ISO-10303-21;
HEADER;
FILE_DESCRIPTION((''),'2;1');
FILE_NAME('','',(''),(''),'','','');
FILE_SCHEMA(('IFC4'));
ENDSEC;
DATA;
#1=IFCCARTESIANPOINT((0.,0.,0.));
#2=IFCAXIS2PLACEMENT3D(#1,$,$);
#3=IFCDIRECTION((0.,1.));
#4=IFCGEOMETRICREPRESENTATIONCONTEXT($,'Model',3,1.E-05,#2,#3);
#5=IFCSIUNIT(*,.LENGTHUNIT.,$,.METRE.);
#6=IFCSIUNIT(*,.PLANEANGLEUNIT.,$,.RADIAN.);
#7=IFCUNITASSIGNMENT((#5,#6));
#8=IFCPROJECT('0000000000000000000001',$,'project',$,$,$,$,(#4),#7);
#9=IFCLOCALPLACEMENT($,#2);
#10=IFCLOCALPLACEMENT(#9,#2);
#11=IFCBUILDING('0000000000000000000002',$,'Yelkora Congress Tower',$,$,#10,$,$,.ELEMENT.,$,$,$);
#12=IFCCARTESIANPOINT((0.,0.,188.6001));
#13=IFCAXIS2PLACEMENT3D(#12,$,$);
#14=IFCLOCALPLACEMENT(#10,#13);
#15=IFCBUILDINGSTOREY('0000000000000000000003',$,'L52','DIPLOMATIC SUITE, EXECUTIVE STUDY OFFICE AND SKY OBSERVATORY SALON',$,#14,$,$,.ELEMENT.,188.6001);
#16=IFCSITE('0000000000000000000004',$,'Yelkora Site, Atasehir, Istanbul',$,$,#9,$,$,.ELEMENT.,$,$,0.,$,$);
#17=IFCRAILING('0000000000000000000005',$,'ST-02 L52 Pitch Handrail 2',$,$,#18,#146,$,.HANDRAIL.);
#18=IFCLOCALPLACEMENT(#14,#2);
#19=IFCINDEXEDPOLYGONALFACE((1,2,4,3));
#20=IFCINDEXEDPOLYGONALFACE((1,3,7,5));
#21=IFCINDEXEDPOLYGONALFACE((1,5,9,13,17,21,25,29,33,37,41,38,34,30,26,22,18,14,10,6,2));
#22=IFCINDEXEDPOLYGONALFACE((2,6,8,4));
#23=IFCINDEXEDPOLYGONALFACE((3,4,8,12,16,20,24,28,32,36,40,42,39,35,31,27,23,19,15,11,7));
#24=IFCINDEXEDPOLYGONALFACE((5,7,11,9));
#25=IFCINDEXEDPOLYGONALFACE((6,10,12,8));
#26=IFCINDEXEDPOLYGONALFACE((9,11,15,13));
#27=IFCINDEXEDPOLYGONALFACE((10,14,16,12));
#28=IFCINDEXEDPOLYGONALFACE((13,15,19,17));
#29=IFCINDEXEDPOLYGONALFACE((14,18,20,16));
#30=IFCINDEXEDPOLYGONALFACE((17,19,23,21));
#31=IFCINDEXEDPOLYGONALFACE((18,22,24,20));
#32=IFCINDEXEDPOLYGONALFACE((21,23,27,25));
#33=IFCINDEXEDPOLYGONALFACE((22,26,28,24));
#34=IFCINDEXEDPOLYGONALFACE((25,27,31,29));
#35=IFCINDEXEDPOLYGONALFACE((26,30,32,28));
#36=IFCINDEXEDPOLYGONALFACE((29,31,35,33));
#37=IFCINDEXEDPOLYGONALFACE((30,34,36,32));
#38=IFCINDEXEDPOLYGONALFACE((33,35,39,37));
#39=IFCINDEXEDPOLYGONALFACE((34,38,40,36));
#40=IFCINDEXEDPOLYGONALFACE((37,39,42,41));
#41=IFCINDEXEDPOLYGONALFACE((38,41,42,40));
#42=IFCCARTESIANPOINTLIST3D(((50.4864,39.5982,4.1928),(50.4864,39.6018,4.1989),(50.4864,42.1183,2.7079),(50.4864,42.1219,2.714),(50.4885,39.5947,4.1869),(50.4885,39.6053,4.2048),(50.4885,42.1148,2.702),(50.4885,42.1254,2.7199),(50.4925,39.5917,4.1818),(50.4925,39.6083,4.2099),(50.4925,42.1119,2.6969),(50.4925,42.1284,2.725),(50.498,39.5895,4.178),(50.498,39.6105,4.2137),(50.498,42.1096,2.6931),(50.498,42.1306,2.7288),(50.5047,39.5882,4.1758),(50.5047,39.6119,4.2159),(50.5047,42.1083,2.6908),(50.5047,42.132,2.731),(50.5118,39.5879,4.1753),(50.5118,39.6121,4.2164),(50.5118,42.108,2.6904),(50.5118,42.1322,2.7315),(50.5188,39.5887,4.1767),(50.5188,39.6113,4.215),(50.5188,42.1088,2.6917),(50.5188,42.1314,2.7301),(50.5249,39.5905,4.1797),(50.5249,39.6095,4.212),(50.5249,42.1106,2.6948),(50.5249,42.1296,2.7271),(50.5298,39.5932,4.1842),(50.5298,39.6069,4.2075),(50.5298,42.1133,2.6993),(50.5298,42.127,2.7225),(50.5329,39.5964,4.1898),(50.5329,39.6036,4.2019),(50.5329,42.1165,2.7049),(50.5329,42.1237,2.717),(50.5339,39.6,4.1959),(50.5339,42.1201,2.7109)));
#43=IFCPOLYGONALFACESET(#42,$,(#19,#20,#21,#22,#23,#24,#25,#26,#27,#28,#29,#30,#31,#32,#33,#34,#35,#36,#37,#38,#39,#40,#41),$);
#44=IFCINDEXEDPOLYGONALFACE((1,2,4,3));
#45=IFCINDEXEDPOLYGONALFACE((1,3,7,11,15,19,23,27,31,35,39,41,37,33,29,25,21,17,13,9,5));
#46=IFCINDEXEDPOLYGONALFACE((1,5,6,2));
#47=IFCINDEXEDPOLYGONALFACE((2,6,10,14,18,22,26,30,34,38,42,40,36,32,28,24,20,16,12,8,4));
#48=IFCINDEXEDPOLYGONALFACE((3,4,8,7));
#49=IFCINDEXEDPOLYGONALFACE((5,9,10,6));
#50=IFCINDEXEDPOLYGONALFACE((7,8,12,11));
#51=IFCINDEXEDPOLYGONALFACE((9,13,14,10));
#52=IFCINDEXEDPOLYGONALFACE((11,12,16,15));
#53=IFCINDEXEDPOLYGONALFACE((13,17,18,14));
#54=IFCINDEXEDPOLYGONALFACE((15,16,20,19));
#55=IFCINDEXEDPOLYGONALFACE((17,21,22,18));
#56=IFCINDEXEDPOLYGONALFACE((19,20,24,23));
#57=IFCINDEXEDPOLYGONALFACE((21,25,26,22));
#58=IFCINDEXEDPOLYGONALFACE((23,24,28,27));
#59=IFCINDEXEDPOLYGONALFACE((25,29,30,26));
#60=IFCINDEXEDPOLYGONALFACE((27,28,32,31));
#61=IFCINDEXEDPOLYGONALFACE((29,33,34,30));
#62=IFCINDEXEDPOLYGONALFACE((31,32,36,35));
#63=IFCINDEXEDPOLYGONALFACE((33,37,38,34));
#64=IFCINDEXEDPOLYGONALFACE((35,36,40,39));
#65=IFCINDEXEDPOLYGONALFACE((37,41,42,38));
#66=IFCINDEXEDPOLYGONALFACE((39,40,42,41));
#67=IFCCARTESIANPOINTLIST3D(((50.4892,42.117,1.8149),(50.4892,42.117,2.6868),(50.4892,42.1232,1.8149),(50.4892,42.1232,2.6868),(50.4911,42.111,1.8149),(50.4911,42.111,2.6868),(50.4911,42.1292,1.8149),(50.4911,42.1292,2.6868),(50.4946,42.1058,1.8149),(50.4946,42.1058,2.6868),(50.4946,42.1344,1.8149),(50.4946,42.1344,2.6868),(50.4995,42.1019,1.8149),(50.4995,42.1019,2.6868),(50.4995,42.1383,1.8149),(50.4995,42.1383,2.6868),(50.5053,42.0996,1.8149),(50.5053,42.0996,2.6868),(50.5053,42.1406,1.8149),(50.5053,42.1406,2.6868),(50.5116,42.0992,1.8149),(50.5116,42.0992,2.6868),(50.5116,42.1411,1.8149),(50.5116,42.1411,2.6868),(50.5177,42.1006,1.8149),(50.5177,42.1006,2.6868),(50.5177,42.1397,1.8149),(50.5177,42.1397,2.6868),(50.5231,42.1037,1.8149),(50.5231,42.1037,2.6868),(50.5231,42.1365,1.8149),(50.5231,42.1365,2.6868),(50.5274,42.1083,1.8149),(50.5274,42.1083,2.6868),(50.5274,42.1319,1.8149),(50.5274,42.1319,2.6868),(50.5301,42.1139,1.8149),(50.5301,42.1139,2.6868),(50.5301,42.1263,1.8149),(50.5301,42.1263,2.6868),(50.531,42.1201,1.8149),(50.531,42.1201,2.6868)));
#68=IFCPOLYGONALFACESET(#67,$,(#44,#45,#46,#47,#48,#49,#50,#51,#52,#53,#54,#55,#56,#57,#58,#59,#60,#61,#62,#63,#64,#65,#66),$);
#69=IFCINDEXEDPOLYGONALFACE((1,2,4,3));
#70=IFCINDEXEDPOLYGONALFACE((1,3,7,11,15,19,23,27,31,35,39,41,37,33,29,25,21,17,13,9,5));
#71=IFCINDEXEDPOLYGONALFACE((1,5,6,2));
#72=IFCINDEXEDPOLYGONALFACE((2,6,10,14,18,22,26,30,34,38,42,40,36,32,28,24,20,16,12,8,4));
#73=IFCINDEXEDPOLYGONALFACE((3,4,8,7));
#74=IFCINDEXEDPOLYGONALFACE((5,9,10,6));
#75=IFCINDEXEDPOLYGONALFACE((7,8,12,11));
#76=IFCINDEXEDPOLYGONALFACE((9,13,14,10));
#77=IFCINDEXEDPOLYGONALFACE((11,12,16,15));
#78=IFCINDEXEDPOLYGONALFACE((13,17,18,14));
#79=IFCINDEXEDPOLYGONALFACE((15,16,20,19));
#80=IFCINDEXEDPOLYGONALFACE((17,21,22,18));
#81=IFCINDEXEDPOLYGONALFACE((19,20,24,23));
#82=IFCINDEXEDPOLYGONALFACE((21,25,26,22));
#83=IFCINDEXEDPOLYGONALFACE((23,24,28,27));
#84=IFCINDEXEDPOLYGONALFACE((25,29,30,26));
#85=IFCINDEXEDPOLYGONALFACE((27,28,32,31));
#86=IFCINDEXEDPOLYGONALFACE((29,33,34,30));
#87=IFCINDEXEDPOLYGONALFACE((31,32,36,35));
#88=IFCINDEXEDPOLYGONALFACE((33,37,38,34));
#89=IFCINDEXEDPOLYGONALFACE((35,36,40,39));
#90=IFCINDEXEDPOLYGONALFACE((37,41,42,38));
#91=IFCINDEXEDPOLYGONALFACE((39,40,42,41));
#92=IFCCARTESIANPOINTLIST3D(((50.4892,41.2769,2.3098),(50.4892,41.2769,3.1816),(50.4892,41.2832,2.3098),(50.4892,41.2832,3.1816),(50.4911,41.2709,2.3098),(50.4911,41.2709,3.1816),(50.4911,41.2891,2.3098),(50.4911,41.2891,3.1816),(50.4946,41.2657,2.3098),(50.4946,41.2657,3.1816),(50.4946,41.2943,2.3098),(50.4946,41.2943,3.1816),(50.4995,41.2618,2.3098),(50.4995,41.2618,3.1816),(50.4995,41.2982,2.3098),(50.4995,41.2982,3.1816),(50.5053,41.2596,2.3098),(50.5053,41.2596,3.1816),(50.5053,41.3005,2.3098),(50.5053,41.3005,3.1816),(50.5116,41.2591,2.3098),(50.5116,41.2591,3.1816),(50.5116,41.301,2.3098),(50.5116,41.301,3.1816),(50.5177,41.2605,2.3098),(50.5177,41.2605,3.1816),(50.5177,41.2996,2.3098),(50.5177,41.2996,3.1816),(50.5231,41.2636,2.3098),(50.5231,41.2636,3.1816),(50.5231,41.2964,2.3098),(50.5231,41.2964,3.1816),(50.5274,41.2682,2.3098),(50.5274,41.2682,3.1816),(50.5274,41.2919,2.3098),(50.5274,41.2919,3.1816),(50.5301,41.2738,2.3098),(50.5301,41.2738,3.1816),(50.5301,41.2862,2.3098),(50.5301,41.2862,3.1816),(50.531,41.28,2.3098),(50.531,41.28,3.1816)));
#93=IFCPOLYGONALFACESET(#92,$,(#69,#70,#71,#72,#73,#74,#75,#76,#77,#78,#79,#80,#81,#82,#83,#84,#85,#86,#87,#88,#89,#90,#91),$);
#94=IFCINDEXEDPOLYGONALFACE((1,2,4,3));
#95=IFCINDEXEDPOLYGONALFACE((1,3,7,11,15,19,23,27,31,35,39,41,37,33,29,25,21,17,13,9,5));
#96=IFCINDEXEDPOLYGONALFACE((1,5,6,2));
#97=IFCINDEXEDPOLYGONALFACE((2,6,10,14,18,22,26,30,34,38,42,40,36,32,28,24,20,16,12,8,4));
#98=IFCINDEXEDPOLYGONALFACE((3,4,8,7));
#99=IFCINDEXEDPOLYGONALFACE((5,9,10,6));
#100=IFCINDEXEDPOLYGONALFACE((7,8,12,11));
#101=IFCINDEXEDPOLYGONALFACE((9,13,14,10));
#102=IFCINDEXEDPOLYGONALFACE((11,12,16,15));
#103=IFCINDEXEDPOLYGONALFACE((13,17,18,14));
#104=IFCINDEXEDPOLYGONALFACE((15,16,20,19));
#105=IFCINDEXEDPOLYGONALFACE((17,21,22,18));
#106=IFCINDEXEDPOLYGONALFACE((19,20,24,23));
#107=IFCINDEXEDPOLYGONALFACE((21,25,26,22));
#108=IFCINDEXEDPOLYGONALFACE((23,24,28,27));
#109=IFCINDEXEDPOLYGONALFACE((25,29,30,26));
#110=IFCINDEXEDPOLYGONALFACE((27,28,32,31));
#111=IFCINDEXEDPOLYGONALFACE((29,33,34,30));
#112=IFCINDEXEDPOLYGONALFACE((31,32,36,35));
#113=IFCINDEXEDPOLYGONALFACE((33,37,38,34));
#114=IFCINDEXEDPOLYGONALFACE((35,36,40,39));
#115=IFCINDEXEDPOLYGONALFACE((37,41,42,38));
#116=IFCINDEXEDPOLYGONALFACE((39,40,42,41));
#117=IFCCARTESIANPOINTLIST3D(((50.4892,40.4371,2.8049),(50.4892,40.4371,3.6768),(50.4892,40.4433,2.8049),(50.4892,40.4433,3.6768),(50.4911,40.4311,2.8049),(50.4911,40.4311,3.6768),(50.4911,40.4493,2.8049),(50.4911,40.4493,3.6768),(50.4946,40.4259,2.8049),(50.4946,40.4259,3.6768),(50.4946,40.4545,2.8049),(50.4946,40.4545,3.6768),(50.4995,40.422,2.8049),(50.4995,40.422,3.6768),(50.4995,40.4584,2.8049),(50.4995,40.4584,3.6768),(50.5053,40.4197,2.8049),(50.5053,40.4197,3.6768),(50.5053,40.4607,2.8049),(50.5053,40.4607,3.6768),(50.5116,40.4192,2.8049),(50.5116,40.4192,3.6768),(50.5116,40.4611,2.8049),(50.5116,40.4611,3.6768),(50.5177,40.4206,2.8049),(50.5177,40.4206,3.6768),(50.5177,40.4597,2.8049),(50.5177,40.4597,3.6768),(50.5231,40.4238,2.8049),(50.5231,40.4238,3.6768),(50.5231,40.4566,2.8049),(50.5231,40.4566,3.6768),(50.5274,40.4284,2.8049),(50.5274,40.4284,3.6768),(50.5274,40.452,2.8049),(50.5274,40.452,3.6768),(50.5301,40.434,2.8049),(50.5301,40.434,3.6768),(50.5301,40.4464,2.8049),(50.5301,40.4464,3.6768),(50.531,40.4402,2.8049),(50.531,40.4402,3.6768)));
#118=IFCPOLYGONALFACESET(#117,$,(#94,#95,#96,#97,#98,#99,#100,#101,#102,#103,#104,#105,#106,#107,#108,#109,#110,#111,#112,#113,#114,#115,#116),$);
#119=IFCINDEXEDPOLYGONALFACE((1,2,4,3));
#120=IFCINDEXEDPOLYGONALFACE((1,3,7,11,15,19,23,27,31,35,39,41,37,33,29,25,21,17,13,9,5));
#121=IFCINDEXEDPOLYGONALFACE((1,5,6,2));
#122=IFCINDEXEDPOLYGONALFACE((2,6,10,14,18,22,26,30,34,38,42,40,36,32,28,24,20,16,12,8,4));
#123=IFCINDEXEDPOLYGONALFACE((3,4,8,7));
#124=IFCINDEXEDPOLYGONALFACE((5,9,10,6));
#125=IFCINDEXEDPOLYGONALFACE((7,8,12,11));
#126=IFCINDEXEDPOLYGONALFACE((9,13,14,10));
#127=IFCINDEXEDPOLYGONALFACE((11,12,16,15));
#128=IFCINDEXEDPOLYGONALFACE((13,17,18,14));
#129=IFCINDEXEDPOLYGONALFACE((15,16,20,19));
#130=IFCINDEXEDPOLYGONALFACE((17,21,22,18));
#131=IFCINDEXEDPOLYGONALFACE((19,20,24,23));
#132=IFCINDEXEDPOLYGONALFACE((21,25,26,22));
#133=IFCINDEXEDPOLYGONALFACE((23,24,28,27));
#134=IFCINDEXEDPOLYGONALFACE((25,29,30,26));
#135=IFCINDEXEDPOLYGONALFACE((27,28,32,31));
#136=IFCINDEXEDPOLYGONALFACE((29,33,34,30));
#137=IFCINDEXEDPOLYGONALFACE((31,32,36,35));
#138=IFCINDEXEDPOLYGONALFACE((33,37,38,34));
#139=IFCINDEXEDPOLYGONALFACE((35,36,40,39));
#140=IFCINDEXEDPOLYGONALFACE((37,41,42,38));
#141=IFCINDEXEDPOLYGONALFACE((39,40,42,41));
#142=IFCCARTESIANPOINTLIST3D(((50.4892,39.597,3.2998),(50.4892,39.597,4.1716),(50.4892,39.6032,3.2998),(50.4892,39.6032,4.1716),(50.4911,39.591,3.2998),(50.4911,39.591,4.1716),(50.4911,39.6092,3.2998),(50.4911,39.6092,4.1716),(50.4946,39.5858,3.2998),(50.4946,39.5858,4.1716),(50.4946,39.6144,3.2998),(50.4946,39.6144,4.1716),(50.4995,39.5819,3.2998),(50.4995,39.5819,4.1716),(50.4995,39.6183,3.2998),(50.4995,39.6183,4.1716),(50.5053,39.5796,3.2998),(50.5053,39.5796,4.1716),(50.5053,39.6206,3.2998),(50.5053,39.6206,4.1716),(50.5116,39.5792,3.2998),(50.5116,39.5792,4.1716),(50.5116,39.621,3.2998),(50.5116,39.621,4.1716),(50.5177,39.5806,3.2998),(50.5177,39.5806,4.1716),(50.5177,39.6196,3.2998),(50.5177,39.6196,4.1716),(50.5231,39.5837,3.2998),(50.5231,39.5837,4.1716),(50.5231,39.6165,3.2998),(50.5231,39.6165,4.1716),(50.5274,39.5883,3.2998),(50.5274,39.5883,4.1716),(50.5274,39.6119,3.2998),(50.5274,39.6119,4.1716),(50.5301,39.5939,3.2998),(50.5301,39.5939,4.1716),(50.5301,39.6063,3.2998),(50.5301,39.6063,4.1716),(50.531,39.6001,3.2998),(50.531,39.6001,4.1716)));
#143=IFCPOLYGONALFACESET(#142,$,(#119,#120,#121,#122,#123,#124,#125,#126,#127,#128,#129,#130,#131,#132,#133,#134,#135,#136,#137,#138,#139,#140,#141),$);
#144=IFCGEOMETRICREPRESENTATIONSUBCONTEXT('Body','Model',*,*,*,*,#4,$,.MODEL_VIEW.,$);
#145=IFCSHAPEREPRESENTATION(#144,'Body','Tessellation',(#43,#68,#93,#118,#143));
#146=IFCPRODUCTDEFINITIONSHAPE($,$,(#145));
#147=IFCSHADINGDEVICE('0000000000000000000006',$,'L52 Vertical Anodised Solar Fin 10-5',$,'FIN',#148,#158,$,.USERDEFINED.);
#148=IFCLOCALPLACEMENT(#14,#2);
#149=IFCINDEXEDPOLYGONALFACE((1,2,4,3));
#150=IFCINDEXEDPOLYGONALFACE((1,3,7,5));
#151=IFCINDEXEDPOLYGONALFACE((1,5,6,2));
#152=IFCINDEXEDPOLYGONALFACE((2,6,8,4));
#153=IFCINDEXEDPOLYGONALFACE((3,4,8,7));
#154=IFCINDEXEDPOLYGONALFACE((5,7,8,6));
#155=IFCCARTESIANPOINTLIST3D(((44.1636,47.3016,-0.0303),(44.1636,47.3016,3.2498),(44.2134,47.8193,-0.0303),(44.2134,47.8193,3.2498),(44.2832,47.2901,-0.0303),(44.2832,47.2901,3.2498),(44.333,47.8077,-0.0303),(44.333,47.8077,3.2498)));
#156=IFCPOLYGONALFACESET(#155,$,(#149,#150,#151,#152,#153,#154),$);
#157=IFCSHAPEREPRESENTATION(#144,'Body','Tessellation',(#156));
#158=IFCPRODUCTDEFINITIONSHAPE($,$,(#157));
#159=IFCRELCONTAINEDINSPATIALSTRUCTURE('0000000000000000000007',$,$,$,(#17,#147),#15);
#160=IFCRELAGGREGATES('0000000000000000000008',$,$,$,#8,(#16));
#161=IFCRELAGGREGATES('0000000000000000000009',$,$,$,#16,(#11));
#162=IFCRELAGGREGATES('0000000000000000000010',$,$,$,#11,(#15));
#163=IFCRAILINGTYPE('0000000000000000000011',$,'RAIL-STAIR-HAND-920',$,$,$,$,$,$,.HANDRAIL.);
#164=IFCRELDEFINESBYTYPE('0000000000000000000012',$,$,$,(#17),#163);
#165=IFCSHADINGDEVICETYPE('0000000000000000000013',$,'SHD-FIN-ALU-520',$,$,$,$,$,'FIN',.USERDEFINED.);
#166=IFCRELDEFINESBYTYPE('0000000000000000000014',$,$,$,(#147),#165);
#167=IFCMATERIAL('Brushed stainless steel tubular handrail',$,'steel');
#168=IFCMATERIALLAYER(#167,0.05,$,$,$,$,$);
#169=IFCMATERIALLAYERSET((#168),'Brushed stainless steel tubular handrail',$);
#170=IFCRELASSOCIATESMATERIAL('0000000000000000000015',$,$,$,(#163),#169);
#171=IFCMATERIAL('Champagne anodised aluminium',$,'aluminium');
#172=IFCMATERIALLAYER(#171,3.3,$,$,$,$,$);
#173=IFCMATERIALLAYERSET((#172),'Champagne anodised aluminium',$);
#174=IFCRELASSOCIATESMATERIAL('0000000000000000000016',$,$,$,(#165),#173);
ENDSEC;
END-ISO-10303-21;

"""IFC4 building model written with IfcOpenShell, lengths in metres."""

from ifc_helpers import new_model, si_unit, direction, frame, origin, origin_2d, place, context, subcontext, project, spatial, rectangle, circle, extrude, material, layer, layer_set, type_object, element, save


model = new_model("IFC4")

# Units and contexts
model_context = context("Model", 3, precision=1e-05, world=origin(), true_north=direction((0.0, 1.0)))
body_context = subcontext(model_context, "Body", "Model", "MODEL_VIEW")
ifc_project = project(units=[si_unit("LENGTHUNIT", "METRE"), si_unit("PLANEANGLEUNIT", "RADIAN")], contexts=[model_context])

# Site, building, storey
site_placement = place(None, origin())
site = spatial("IfcSite", under=ifc_project, at=site_placement, Name="Yelkora Site, Atasehir, Istanbul", CompositionType="ELEMENT", RefElevation=0.0)
building_placement = place(site_placement, origin())
building = spatial("IfcBuilding", under=site, at=building_placement, Name="Yelkora Congress Tower", CompositionType="ELEMENT")
storey_placement = place(building_placement, frame((0.0, 0.0, 188.6001)))
storey = spatial("IfcBuildingStorey", under=building, at=storey_placement, Name="L52", Description="DIPLOMATIC SUITE, EXECUTIVE STUDY OFFICE AND SKY OBSERVATORY SALON", CompositionType="ELEMENT", Elevation=188.6001)

# Railing
ifc_material_1 = material(Name="Brushed stainless steel tubular handrail", Category="steel")
ifc_layer_1 = layer(ifc_material_1, 0.05)
ifc_layer_set_1 = layer_set([ifc_layer_1], Name="Brushed stainless steel tubular handrail")
railing_type_1 = type_object("IfcRailingType", Name="RAIL-STAIR-HAND-920", PredefinedType="HANDRAIL", material=ifc_layer_set_1)
railing_1_placement = place(storey_placement, frame((50.51, 42.1201, 1.8149)))
element("IfcRailing", 1, at=railing_1_placement, inside=storey, type_object=railing_type_1, Name="ST-02 L52 Pitch Handrail 2", PredefinedType="HANDRAIL", context=body_context, shape_type="SweptSolid", body=[
    extrude(circle(Radius=0.0239, at=origin_2d()), frame((0.0, 0.0, 0.896), z_axis=(0.0, -0.861561, 0.507655), x_axis=(1.0, 0.0, 0.0)), (0.0, 0.0, 1.0), 2.925),
    extrude(circle(Radius=0.021, at=origin_2d()), origin(), (0.0, 0.0, 1.0), 0.8718),
    extrude(circle(Radius=0.021, at=origin_2d()), frame((0.0, -0.8401, 0.4949)), (0.0, 0.0, 1.0), 0.8718),
    extrude(circle(Radius=0.021, at=origin_2d()), frame((0.0, -1.6799, 0.99)), (0.0, 0.0, 1.0), 0.8718),
    extrude(circle(Radius=0.021, at=origin_2d()), frame((0.0, -2.52, 1.4849)), (0.0, 0.0, 1.0), 0.8718),
])

# Shading device
ifc_material_2 = material(Name="Champagne anodised aluminium", Category="aluminium")
ifc_layer_2 = layer(ifc_material_2, 3.3)
ifc_layer_set_2 = layer_set([ifc_layer_2], Name="Champagne anodised aluminium")
shading_device_type = type_object("IfcShadingDeviceType", Name="SHD-FIN-ALU-520", ElementType="FIN", PredefinedType="USERDEFINED", material=ifc_layer_set_2)
shading_device_placement = place(storey_placement, frame((44.2483, 47.5547, -0.0303), z_axis=(0.0, 0.0, 1.0), x_axis=(0.995396, -0.095846, 0.0)))
element("IfcShadingDevice", 2, at=shading_device_placement, inside=storey, type_object=shading_device_type, Name="L52 Vertical Anodised Solar Fin 10-5", ObjectType="FIN", PredefinedType="USERDEFINED", context=body_context, shape_type="SweptSolid", body=[
    extrude(rectangle(XDim=0.1201, YDim=0.52, at=origin_2d()), origin(), (0.0, 0.0, 1.0), 3.28),
])

save(model, "model.ifc")
